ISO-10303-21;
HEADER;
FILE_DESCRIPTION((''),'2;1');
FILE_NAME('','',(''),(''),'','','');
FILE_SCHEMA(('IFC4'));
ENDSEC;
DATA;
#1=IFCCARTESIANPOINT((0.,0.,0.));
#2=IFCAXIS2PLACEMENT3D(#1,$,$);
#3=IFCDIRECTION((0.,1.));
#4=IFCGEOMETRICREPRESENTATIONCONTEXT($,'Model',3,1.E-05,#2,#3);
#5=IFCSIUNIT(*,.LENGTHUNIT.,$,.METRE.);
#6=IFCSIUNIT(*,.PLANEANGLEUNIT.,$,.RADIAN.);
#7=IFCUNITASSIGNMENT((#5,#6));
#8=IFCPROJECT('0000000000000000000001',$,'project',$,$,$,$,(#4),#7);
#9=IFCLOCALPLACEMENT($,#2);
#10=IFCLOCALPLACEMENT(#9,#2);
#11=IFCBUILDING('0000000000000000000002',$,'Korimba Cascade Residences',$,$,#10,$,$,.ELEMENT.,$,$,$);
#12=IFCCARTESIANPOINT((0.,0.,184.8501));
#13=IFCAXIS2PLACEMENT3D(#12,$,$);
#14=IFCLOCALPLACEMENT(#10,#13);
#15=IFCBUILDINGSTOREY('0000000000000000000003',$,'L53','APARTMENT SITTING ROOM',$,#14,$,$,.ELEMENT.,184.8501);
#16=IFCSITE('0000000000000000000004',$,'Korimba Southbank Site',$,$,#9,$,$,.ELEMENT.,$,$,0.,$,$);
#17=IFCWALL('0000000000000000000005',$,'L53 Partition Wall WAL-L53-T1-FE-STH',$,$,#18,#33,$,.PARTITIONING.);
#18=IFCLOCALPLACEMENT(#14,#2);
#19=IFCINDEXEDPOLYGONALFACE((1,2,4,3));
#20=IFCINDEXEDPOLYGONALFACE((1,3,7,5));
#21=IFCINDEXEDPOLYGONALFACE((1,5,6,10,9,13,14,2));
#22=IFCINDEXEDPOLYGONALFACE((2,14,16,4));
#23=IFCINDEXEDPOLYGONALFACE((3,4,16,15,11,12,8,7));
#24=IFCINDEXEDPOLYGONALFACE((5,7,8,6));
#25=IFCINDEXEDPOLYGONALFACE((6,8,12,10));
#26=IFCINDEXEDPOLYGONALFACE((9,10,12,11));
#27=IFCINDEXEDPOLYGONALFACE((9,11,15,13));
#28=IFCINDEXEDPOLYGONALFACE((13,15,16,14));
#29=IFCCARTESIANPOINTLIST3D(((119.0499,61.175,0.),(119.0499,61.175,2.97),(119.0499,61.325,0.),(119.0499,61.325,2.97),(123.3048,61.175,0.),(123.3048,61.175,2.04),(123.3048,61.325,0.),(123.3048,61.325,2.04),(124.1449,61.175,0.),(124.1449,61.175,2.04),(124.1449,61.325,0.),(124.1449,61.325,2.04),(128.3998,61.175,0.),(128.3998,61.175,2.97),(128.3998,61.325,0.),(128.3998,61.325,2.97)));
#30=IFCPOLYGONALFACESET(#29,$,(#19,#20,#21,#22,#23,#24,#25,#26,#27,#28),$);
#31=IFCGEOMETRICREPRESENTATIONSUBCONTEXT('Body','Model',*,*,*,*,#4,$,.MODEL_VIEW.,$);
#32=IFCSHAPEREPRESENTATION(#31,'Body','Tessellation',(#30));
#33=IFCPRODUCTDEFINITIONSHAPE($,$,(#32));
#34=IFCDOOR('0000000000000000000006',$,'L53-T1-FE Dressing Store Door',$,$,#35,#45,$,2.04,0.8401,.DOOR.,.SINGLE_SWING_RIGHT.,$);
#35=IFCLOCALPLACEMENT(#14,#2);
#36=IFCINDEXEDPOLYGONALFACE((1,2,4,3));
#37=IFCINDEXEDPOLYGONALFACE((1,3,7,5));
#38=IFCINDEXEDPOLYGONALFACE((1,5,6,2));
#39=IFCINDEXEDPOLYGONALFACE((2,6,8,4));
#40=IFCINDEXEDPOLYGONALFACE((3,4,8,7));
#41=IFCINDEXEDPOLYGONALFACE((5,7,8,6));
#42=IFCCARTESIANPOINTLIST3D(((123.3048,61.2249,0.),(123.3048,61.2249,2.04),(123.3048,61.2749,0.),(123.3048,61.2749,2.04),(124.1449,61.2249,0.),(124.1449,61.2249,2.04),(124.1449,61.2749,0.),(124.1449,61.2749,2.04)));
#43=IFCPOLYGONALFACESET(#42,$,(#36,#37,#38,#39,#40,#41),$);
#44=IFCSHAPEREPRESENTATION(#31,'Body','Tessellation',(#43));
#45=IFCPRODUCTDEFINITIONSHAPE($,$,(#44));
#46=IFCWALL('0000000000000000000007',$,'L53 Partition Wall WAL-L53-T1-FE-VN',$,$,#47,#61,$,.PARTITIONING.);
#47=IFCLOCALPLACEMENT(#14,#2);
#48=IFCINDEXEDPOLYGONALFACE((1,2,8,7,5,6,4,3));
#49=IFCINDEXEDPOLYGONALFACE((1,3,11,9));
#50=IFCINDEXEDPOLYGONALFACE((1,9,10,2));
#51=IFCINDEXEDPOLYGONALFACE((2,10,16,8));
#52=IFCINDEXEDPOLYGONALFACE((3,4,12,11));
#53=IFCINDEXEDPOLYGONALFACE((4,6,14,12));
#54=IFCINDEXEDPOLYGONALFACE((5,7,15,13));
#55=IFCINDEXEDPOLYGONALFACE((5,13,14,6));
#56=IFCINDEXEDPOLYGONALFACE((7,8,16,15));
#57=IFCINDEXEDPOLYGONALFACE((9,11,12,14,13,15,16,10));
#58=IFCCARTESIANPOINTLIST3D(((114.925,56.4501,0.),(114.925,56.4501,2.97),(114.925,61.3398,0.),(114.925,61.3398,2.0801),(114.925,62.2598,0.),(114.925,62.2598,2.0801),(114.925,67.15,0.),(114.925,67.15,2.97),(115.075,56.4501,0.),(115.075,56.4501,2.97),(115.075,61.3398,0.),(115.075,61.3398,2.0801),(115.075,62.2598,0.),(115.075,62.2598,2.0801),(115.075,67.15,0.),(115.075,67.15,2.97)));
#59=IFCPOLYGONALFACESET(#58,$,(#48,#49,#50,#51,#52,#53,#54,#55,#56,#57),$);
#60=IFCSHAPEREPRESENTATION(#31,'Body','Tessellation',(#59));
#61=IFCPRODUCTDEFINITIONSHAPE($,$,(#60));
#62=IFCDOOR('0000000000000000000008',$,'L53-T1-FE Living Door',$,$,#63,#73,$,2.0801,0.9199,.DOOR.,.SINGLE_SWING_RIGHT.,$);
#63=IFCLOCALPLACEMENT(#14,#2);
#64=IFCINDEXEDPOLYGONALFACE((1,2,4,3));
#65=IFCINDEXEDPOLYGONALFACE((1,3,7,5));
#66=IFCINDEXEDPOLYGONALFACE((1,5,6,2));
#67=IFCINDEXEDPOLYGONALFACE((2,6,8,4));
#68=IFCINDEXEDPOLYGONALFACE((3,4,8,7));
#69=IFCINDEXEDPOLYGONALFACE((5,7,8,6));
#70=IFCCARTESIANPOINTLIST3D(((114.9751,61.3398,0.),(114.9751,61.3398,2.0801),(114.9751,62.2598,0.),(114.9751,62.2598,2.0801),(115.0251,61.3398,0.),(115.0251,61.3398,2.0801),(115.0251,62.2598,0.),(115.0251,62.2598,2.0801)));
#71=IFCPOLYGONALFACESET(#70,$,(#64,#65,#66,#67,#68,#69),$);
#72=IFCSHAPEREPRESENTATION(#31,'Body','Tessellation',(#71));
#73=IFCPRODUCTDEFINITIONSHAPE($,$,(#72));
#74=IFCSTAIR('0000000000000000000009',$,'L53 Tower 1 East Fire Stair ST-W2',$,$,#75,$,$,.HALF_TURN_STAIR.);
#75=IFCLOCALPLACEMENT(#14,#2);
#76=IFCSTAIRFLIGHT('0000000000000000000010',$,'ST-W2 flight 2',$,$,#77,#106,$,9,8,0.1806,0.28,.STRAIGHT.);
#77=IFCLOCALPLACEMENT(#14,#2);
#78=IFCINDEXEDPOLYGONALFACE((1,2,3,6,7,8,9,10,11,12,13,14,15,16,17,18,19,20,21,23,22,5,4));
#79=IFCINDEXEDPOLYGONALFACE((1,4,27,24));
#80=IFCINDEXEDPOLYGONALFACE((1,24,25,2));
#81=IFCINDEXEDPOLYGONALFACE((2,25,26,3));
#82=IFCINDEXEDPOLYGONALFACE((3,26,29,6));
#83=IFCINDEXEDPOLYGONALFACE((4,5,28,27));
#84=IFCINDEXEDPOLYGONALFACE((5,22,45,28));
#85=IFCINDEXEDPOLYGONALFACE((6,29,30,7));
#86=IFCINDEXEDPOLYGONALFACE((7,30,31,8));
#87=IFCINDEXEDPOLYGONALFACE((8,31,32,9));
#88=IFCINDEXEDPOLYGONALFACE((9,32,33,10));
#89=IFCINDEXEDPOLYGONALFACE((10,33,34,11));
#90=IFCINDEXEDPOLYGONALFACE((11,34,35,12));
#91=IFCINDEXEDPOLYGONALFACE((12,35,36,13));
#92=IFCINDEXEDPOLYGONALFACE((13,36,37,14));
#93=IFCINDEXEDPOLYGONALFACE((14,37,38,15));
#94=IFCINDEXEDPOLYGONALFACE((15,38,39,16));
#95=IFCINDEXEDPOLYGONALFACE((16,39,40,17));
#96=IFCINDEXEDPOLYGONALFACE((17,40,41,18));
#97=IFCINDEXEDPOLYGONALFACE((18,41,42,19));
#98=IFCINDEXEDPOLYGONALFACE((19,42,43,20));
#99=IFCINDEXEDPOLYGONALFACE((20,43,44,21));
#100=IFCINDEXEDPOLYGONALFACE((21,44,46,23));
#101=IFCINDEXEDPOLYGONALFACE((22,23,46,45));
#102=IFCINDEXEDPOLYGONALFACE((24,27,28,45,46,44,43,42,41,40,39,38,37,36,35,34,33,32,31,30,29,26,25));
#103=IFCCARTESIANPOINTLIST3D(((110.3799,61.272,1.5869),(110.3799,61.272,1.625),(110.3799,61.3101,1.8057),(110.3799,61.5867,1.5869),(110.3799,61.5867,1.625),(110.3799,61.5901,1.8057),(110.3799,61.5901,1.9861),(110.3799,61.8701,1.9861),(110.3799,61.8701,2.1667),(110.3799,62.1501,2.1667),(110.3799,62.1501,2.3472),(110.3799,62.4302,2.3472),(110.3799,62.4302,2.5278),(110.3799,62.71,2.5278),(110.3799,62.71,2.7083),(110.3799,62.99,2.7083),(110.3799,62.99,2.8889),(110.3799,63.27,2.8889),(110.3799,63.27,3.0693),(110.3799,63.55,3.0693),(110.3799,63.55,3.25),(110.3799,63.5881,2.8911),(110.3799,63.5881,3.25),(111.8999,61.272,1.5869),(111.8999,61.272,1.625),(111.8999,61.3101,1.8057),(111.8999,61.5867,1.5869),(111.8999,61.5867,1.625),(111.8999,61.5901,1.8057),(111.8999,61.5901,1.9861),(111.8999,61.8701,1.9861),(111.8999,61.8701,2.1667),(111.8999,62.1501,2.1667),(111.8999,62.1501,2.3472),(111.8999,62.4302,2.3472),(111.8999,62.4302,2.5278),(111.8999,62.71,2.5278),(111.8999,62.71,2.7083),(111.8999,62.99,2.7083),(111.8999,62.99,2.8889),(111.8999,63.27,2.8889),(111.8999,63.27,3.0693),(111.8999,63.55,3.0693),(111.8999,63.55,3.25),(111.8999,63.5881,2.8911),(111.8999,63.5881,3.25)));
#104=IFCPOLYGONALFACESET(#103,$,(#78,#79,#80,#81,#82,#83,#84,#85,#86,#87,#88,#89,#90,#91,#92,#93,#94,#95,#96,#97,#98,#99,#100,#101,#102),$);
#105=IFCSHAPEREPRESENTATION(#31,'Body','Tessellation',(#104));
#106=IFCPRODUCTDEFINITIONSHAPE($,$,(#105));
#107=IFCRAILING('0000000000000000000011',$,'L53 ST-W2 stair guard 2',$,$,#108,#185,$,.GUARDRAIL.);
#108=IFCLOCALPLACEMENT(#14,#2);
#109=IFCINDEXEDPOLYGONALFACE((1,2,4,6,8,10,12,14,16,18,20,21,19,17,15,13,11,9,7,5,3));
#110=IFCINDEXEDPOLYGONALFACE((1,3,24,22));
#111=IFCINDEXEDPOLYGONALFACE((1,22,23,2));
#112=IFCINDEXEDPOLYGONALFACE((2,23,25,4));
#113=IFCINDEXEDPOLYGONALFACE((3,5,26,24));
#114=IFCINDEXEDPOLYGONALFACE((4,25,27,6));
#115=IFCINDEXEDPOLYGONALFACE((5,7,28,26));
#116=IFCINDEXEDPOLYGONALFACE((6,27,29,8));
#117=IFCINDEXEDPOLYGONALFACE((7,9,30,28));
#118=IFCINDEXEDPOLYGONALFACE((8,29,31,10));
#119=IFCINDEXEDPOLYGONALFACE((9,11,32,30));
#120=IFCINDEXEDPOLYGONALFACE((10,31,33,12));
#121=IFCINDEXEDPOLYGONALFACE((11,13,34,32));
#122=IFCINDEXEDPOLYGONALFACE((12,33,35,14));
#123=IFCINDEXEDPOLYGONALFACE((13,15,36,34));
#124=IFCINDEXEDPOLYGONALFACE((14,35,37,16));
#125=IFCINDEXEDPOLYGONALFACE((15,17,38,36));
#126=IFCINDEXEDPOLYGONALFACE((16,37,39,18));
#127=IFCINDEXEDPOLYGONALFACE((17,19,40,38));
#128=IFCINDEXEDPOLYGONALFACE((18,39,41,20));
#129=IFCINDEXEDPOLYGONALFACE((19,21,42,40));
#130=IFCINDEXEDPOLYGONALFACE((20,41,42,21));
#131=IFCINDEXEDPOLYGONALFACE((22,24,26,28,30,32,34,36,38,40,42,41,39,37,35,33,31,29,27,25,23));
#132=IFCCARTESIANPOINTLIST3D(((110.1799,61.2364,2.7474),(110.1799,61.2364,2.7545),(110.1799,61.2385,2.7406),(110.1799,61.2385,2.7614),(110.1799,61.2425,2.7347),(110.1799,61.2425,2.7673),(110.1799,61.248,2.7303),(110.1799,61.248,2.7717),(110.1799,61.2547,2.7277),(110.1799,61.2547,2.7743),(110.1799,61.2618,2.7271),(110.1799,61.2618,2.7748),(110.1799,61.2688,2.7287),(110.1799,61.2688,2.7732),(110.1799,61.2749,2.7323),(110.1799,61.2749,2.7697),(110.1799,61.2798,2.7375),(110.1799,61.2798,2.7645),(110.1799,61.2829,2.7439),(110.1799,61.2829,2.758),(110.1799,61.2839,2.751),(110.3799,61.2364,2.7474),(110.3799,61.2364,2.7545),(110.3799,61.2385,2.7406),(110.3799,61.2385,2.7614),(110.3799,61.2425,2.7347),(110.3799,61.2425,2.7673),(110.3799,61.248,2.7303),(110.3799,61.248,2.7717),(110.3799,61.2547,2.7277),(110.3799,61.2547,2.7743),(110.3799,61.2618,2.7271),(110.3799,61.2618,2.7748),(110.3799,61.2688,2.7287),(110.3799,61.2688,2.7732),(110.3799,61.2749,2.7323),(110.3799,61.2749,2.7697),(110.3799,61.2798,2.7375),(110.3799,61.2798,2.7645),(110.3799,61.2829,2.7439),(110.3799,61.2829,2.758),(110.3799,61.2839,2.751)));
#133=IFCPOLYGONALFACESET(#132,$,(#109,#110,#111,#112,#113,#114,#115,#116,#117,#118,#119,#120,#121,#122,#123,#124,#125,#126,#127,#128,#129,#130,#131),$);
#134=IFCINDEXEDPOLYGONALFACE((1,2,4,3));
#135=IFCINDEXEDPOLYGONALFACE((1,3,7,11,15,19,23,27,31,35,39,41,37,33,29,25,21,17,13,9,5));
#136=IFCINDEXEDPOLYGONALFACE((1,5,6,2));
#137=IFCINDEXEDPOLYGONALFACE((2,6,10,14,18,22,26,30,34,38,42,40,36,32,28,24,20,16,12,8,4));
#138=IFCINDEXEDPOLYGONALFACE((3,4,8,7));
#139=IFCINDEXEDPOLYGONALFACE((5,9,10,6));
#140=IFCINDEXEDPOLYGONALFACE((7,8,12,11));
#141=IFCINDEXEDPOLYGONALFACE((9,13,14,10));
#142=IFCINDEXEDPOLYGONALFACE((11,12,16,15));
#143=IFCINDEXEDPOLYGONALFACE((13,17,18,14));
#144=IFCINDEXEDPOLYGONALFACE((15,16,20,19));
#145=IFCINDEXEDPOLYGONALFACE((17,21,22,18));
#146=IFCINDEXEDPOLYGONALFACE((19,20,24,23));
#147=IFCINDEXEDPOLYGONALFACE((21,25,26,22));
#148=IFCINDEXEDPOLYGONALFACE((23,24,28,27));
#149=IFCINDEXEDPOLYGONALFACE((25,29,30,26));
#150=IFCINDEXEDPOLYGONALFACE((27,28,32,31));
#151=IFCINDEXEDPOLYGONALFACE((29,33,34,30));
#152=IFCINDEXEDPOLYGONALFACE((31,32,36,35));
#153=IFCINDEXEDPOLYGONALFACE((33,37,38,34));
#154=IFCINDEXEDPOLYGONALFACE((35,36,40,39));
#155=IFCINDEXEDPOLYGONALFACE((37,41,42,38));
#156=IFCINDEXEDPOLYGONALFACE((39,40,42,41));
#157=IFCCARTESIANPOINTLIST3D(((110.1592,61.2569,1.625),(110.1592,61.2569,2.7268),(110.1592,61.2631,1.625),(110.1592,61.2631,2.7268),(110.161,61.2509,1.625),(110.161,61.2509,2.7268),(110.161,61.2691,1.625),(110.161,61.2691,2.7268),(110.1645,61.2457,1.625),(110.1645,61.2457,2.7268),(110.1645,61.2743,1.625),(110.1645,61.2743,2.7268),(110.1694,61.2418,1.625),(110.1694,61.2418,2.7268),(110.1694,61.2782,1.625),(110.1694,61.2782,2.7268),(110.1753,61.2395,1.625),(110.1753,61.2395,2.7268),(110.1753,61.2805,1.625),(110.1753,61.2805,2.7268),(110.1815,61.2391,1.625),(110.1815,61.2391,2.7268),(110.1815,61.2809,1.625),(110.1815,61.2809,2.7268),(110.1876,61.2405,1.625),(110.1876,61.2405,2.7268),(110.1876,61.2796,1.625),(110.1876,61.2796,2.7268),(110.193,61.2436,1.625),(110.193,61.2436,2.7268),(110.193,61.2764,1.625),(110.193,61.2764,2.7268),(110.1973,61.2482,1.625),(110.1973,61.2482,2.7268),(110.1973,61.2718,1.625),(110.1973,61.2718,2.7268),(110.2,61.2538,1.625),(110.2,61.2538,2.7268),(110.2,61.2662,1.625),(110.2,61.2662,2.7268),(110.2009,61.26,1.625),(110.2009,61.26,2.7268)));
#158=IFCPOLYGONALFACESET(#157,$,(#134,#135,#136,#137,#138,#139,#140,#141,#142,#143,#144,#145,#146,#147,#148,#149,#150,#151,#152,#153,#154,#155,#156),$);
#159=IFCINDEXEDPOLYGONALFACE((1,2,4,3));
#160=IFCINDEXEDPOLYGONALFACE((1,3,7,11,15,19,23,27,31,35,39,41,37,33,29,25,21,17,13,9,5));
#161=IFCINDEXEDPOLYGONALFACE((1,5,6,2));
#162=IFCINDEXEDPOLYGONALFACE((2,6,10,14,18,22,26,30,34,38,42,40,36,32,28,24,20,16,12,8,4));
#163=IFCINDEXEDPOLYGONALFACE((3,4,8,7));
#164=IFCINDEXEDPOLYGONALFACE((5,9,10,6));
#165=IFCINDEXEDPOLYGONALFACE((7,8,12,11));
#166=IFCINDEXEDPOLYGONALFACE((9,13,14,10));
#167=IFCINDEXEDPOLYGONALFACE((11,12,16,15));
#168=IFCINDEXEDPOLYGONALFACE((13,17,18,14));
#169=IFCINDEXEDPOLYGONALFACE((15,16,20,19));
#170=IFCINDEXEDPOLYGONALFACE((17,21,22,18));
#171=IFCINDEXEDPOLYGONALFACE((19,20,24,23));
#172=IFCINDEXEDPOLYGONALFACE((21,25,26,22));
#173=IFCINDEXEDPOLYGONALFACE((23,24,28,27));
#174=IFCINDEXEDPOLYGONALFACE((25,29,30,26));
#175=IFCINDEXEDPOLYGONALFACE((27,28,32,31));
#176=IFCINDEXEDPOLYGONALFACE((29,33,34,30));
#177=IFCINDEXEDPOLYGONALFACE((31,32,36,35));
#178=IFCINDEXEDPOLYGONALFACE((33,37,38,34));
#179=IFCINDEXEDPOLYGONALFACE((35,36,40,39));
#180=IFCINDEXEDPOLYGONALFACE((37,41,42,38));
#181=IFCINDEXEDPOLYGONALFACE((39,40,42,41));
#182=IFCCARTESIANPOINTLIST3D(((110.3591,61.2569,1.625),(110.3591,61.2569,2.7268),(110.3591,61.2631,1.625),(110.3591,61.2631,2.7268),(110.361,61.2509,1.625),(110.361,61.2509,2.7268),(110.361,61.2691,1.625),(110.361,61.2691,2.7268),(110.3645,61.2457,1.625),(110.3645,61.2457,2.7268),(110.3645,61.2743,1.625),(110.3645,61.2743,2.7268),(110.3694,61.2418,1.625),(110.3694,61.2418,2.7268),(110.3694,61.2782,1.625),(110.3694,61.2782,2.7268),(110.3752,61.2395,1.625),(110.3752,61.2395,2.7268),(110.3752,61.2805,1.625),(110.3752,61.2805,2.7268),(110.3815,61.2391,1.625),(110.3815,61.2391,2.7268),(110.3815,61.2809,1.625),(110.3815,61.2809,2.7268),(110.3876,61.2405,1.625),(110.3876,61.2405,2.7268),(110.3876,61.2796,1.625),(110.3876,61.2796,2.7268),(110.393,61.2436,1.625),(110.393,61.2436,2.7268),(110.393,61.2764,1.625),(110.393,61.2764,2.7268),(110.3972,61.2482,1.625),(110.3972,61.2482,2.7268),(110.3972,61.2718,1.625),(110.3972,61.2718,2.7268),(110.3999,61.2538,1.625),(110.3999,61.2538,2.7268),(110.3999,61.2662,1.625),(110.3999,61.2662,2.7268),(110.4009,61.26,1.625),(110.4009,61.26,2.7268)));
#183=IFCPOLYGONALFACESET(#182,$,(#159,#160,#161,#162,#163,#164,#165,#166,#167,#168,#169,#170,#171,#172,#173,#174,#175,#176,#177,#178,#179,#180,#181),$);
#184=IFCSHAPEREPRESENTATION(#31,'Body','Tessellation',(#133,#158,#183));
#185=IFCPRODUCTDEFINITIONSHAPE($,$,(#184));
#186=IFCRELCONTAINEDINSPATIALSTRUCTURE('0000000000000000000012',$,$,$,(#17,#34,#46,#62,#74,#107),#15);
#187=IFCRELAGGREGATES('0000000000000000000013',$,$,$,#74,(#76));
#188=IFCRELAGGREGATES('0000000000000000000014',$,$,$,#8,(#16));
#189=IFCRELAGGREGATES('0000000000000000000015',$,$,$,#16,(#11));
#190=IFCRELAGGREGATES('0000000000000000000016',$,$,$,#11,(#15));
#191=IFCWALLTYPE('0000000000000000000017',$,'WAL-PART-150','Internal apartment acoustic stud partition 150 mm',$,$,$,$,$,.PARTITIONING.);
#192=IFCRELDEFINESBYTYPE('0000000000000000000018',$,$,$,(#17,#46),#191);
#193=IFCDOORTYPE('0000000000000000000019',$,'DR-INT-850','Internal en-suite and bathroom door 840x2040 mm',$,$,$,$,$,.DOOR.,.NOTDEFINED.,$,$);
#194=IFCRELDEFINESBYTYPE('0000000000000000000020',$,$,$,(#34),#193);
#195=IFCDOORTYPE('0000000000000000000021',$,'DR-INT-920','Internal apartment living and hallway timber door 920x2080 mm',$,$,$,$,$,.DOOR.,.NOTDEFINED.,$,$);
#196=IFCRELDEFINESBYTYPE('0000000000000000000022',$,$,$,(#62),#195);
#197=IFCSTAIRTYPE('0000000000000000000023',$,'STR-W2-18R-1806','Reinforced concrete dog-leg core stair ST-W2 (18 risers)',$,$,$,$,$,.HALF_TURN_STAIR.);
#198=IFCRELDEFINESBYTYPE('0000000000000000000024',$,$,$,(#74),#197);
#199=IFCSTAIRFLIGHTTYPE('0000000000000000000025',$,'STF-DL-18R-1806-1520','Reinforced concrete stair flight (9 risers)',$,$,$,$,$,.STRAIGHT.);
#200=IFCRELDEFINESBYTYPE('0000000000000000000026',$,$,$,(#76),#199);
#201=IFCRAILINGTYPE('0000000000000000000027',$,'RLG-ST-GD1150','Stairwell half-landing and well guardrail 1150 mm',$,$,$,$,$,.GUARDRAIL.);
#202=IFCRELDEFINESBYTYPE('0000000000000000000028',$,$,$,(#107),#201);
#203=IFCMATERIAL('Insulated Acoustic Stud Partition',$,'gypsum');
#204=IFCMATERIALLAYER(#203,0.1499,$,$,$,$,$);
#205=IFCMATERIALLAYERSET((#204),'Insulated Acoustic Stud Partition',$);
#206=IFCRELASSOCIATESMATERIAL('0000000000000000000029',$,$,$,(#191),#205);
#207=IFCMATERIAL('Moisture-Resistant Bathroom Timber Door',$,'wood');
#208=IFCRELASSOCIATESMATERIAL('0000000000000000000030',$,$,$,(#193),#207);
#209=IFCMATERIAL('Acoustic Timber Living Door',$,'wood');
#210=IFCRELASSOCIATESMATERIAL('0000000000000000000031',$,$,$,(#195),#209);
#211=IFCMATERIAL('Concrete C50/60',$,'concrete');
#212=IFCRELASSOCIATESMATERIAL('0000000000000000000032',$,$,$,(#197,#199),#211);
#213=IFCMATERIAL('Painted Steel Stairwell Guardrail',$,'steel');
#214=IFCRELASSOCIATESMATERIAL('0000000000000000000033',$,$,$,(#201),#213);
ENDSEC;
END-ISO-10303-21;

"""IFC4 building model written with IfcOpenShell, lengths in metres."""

from ifc_helpers import new_model, si_unit, direction, frame, frame_2d, origin, origin_2d, place, context, subcontext, project, spatial, polyline, rectangle, circle, outline, extrude, material, layer, layer_set, type_object, element, fill, aggregate, save


model = new_model("IFC4")

# Units and contexts
model_context = context("Model", 3, precision=1e-05, world=origin(), true_north=direction((0.0, 1.0)))
body_context = subcontext(model_context, "Body", "Model", "MODEL_VIEW")
ifc_project = project(units=[si_unit("LENGTHUNIT", "METRE"), si_unit("PLANEANGLEUNIT", "RADIAN")], contexts=[model_context])

# Site, building, storey
site_placement = place(None, origin())
site = spatial("IfcSite", under=ifc_project, at=site_placement, Name="Korimba Southbank Site", CompositionType="ELEMENT", RefElevation=0.0)
building_placement = place(site_placement, origin())
building = spatial("IfcBuilding", under=site, at=building_placement, Name="Korimba Cascade Residences", CompositionType="ELEMENT")
storey_placement = place(building_placement, frame((0.0, 0.0, 184.8501)))
storey = spatial("IfcBuildingStorey", under=building, at=storey_placement, Name="L53", Description="APARTMENT SITTING ROOM", CompositionType="ELEMENT", Elevation=184.8501)

# Walls, openings, doors
ifc_material_1 = material(Name="Insulated Acoustic Stud Partition", Category="gypsum")
ifc_layer_1 = layer(ifc_material_1, 0.1499)
ifc_layer_set_1 = layer_set([ifc_layer_1], Name="Insulated Acoustic Stud Partition")
wall_type_1 = type_object("IfcWallType", Name="WAL-PART-150", Description="Internal apartment acoustic stud partition 150 mm", PredefinedType="PARTITIONING", material=ifc_layer_set_1)
wall_1_placement = place(storey_placement, frame((119.05, 61.25, 0.0), z_axis=(0.0, 0.0, 1.0), x_axis=(1.0, 0.0, 0.0)))
wall_1 = element("IfcWall", 1, at=wall_1_placement, inside=storey, type_object=wall_type_1, Name="L53 Partition Wall WAL-L53-T1-FE-STH", PredefinedType="PARTITIONING", context=body_context, shape_type="SweptSolid", body=[
    extrude(rectangle(XDim=9.3499, YDim=0.1499, at=frame_2d((4.6748, 0.0))), origin(), (0.0, 0.0, 1.0), 2.97),
])
opening_1_placement = place(wall_1_placement, frame((4.2549, 0.0, 0.0)))
opening_1 = element("IfcOpeningElement", 2, at=opening_1_placement, cuts=wall_1, PredefinedType="OPENING", context=body_context, shape_type="SweptSolid", body=[
    extrude(rectangle(XDim=0.8401, YDim=2.04, at=frame_2d((0.4199, 1.02))), frame((0.0, 0.085, 0.0), z_axis=(0.0, -1.0, 0.0), x_axis=(1.0, 0.0, 0.0)), (0.0, 0.0, 1.0), 0.1699),
])
ifc_material_2 = material(Name="Moisture-Resistant Bathroom Timber Door", Category="wood")
door_type_1 = type_object("IfcDoorType", Name="DR-INT-850", Description="Internal en-suite and bathroom door 840x2040 mm", OperationType="NOTDEFINED", PredefinedType="DOOR", material=ifc_material_2)
door_1_placement = place(opening_1_placement, origin())
door_1 = element("IfcDoor", 3, at=door_1_placement, inside=storey, type_object=door_type_1, Name="L53-T1-FE Dressing Store Door", OperationType="SINGLE_SWING_RIGHT", OverallHeight=2.04, OverallWidth=0.8401, PredefinedType="DOOR", context=body_context, shape_type="SweptSolid", body=[
    extrude(rectangle(XDim=0.8401, YDim=2.04, at=frame_2d((0.4199, 1.02))), frame((0.0, 0.0249, 0.0), z_axis=(0.0, -1.0, 0.0), x_axis=(1.0, 0.0, 0.0)), (0.0, 0.0, 1.0), 0.05),
])
fill(opening_1, door_1)
wall_2_placement = place(storey_placement, frame((115.0, 56.45, 0.0), z_axis=(0.0, 0.0, 1.0), x_axis=(0.0, 1.0, 0.0)))
wall_2 = element("IfcWall", 4, at=wall_2_placement, inside=storey, type_object=wall_type_1, Name="L53 Partition Wall WAL-L53-T1-FE-VN", PredefinedType="PARTITIONING", context=body_context, shape_type="SweptSolid", body=[
    extrude(rectangle(XDim=10.7, YDim=0.1499, at=frame_2d((5.3501, 0.0))), origin(), (0.0, 0.0, 1.0), 2.97),
])
opening_2_placement = place(wall_2_placement, frame((4.8899, 0.0, 0.0)))
opening_2 = element("IfcOpeningElement", 5, at=opening_2_placement, cuts=wall_2, PredefinedType="OPENING", context=body_context, shape_type="SweptSolid", body=[
    extrude(rectangle(XDim=0.9199, YDim=2.0801, at=frame_2d((0.46, 1.04))), frame((0.0, 0.085, 0.0), z_axis=(0.0, -1.0, 0.0), x_axis=(1.0, 0.0, 0.0)), (0.0, 0.0, 1.0), 0.1699),
])
ifc_material_3 = material(Name="Acoustic Timber Living Door", Category="wood")
door_type_2 = type_object("IfcDoorType", Name="DR-INT-920", Description="Internal apartment living and hallway timber door 920x2080 mm", OperationType="NOTDEFINED", PredefinedType="DOOR", material=ifc_material_3)
door_2_placement = place(opening_2_placement, origin())
door_2 = element("IfcDoor", 6, at=door_2_placement, inside=storey, type_object=door_type_2, Name="L53-T1-FE Living Door", OperationType="SINGLE_SWING_RIGHT", OverallHeight=2.0801, OverallWidth=0.9199, PredefinedType="DOOR", context=body_context, shape_type="SweptSolid", body=[
    extrude(rectangle(XDim=0.9199, YDim=2.0801, at=frame_2d((0.46, 1.04))), frame((0.0, 0.0249, 0.0), z_axis=(0.0, -1.0, 0.0), x_axis=(1.0, 0.0, 0.0)), (0.0, 0.0, 1.0), 0.05),
])
fill(opening_2, door_2)

# Stair, stair flight
ifc_material_4 = material(Name="Concrete C50/60", Category="concrete")
stair_type = type_object("IfcStairType", Name="STR-W2-18R-1806", Description="Reinforced concrete dog-leg core stair ST-W2 (18 risers)", PredefinedType="HALF_TURN_STAIR", material=ifc_material_4)
stair_placement = place(storey_placement, origin())
stair = element("IfcStair", 7, at=stair_placement, inside=storey, type_object=stair_type, Name="L53 Tower 1 East Fire Stair ST-W2", PredefinedType="HALF_TURN_STAIR")
stair_flight_type = type_object("IfcStairFlightType", Name="STF-DL-18R-1806-1520", Description="Reinforced concrete stair flight (9 risers)", PredefinedType="STRAIGHT", material=ifc_material_4)
stair_flight_placement = place(storey_placement, frame((111.1399, 61.3101, 1.625), z_axis=(0.0, 0.0, 1.0), x_axis=(0.0, 1.0, 0.0)))
stair_flight = element("IfcStairFlight", 8, at=stair_flight_placement, type_object=stair_flight_type, Name="ST-W2 flight 2", NumberOfRisers=9, NumberOfTreads=8, PredefinedType="STRAIGHT", RiserHeight=0.1806, TreadLength=0.28, context=body_context, shape_type="SweptSolid", body=[
    extrude(outline(polyline([(-0.0381, 0.0), (0.0, 0.1807), (0.28, 0.1807), (0.28, 0.3611), (0.5601, 0.3611), (0.5601, 0.5417), (0.8401, 0.5417), (0.8401, 0.7222), (1.1201, 0.7222), (1.1201, 0.9028), (1.3999, 0.9028), (1.3999, 1.0833), (1.6799, 1.0833), (1.6799, 1.2639), (1.96, 1.2639), (1.96, 1.4443), (2.24, 1.4443), (2.24, 1.625), (2.2781, 1.625), (2.2781, 1.2661), (0.2766, 0.0), (0.2766, -0.0381), (-0.0381, -0.0381), (-0.0381, 0.0)])), frame((0.0, 0.76, 0.0), z_axis=(0.0, -1.0, 0.0), x_axis=(1.0, 0.0, 0.0)), (0.0, 0.0, 1.0), 1.52),
])
aggregate(stair, [stair_flight])

# Railing
ifc_material_5 = material(Name="Painted Steel Stairwell Guardrail", Category="steel")
railing_type_1 = type_object("IfcRailingType", Name="RLG-ST-GD1150", Description="Stairwell half-landing and well guardrail 1150 mm", PredefinedType="GUARDRAIL", material=ifc_material_5)
railing_1_placement = place(storey_placement, frame((110.1799, 61.26, 1.625)))
element("IfcRailing", 9, at=railing_1_placement, inside=storey, type_object=railing_type_1, Name="L53 ST-W2 stair guard 2", PredefinedType="GUARDRAIL", context=body_context, shape_type="SweptSolid", body=[
    extrude(circle(Radius=0.0239, at=origin_2d()), frame((0.0, 0.0, 1.126), z_axis=(1.0, 0.0, 0.0), x_axis=(0.0, 1.0, 0.0)), (0.0, 0.0, 1.0), 0.2),
    extrude(circle(Radius=0.021, at=origin_2d()), origin(), (0.0, 0.0, 1.0), 1.1018),
    extrude(circle(Radius=0.021, at=origin_2d()), frame((0.2, 0.0, 0.0)), (0.0, 0.0, 1.0), 1.1018),
])

save(model, "model.ifc")
